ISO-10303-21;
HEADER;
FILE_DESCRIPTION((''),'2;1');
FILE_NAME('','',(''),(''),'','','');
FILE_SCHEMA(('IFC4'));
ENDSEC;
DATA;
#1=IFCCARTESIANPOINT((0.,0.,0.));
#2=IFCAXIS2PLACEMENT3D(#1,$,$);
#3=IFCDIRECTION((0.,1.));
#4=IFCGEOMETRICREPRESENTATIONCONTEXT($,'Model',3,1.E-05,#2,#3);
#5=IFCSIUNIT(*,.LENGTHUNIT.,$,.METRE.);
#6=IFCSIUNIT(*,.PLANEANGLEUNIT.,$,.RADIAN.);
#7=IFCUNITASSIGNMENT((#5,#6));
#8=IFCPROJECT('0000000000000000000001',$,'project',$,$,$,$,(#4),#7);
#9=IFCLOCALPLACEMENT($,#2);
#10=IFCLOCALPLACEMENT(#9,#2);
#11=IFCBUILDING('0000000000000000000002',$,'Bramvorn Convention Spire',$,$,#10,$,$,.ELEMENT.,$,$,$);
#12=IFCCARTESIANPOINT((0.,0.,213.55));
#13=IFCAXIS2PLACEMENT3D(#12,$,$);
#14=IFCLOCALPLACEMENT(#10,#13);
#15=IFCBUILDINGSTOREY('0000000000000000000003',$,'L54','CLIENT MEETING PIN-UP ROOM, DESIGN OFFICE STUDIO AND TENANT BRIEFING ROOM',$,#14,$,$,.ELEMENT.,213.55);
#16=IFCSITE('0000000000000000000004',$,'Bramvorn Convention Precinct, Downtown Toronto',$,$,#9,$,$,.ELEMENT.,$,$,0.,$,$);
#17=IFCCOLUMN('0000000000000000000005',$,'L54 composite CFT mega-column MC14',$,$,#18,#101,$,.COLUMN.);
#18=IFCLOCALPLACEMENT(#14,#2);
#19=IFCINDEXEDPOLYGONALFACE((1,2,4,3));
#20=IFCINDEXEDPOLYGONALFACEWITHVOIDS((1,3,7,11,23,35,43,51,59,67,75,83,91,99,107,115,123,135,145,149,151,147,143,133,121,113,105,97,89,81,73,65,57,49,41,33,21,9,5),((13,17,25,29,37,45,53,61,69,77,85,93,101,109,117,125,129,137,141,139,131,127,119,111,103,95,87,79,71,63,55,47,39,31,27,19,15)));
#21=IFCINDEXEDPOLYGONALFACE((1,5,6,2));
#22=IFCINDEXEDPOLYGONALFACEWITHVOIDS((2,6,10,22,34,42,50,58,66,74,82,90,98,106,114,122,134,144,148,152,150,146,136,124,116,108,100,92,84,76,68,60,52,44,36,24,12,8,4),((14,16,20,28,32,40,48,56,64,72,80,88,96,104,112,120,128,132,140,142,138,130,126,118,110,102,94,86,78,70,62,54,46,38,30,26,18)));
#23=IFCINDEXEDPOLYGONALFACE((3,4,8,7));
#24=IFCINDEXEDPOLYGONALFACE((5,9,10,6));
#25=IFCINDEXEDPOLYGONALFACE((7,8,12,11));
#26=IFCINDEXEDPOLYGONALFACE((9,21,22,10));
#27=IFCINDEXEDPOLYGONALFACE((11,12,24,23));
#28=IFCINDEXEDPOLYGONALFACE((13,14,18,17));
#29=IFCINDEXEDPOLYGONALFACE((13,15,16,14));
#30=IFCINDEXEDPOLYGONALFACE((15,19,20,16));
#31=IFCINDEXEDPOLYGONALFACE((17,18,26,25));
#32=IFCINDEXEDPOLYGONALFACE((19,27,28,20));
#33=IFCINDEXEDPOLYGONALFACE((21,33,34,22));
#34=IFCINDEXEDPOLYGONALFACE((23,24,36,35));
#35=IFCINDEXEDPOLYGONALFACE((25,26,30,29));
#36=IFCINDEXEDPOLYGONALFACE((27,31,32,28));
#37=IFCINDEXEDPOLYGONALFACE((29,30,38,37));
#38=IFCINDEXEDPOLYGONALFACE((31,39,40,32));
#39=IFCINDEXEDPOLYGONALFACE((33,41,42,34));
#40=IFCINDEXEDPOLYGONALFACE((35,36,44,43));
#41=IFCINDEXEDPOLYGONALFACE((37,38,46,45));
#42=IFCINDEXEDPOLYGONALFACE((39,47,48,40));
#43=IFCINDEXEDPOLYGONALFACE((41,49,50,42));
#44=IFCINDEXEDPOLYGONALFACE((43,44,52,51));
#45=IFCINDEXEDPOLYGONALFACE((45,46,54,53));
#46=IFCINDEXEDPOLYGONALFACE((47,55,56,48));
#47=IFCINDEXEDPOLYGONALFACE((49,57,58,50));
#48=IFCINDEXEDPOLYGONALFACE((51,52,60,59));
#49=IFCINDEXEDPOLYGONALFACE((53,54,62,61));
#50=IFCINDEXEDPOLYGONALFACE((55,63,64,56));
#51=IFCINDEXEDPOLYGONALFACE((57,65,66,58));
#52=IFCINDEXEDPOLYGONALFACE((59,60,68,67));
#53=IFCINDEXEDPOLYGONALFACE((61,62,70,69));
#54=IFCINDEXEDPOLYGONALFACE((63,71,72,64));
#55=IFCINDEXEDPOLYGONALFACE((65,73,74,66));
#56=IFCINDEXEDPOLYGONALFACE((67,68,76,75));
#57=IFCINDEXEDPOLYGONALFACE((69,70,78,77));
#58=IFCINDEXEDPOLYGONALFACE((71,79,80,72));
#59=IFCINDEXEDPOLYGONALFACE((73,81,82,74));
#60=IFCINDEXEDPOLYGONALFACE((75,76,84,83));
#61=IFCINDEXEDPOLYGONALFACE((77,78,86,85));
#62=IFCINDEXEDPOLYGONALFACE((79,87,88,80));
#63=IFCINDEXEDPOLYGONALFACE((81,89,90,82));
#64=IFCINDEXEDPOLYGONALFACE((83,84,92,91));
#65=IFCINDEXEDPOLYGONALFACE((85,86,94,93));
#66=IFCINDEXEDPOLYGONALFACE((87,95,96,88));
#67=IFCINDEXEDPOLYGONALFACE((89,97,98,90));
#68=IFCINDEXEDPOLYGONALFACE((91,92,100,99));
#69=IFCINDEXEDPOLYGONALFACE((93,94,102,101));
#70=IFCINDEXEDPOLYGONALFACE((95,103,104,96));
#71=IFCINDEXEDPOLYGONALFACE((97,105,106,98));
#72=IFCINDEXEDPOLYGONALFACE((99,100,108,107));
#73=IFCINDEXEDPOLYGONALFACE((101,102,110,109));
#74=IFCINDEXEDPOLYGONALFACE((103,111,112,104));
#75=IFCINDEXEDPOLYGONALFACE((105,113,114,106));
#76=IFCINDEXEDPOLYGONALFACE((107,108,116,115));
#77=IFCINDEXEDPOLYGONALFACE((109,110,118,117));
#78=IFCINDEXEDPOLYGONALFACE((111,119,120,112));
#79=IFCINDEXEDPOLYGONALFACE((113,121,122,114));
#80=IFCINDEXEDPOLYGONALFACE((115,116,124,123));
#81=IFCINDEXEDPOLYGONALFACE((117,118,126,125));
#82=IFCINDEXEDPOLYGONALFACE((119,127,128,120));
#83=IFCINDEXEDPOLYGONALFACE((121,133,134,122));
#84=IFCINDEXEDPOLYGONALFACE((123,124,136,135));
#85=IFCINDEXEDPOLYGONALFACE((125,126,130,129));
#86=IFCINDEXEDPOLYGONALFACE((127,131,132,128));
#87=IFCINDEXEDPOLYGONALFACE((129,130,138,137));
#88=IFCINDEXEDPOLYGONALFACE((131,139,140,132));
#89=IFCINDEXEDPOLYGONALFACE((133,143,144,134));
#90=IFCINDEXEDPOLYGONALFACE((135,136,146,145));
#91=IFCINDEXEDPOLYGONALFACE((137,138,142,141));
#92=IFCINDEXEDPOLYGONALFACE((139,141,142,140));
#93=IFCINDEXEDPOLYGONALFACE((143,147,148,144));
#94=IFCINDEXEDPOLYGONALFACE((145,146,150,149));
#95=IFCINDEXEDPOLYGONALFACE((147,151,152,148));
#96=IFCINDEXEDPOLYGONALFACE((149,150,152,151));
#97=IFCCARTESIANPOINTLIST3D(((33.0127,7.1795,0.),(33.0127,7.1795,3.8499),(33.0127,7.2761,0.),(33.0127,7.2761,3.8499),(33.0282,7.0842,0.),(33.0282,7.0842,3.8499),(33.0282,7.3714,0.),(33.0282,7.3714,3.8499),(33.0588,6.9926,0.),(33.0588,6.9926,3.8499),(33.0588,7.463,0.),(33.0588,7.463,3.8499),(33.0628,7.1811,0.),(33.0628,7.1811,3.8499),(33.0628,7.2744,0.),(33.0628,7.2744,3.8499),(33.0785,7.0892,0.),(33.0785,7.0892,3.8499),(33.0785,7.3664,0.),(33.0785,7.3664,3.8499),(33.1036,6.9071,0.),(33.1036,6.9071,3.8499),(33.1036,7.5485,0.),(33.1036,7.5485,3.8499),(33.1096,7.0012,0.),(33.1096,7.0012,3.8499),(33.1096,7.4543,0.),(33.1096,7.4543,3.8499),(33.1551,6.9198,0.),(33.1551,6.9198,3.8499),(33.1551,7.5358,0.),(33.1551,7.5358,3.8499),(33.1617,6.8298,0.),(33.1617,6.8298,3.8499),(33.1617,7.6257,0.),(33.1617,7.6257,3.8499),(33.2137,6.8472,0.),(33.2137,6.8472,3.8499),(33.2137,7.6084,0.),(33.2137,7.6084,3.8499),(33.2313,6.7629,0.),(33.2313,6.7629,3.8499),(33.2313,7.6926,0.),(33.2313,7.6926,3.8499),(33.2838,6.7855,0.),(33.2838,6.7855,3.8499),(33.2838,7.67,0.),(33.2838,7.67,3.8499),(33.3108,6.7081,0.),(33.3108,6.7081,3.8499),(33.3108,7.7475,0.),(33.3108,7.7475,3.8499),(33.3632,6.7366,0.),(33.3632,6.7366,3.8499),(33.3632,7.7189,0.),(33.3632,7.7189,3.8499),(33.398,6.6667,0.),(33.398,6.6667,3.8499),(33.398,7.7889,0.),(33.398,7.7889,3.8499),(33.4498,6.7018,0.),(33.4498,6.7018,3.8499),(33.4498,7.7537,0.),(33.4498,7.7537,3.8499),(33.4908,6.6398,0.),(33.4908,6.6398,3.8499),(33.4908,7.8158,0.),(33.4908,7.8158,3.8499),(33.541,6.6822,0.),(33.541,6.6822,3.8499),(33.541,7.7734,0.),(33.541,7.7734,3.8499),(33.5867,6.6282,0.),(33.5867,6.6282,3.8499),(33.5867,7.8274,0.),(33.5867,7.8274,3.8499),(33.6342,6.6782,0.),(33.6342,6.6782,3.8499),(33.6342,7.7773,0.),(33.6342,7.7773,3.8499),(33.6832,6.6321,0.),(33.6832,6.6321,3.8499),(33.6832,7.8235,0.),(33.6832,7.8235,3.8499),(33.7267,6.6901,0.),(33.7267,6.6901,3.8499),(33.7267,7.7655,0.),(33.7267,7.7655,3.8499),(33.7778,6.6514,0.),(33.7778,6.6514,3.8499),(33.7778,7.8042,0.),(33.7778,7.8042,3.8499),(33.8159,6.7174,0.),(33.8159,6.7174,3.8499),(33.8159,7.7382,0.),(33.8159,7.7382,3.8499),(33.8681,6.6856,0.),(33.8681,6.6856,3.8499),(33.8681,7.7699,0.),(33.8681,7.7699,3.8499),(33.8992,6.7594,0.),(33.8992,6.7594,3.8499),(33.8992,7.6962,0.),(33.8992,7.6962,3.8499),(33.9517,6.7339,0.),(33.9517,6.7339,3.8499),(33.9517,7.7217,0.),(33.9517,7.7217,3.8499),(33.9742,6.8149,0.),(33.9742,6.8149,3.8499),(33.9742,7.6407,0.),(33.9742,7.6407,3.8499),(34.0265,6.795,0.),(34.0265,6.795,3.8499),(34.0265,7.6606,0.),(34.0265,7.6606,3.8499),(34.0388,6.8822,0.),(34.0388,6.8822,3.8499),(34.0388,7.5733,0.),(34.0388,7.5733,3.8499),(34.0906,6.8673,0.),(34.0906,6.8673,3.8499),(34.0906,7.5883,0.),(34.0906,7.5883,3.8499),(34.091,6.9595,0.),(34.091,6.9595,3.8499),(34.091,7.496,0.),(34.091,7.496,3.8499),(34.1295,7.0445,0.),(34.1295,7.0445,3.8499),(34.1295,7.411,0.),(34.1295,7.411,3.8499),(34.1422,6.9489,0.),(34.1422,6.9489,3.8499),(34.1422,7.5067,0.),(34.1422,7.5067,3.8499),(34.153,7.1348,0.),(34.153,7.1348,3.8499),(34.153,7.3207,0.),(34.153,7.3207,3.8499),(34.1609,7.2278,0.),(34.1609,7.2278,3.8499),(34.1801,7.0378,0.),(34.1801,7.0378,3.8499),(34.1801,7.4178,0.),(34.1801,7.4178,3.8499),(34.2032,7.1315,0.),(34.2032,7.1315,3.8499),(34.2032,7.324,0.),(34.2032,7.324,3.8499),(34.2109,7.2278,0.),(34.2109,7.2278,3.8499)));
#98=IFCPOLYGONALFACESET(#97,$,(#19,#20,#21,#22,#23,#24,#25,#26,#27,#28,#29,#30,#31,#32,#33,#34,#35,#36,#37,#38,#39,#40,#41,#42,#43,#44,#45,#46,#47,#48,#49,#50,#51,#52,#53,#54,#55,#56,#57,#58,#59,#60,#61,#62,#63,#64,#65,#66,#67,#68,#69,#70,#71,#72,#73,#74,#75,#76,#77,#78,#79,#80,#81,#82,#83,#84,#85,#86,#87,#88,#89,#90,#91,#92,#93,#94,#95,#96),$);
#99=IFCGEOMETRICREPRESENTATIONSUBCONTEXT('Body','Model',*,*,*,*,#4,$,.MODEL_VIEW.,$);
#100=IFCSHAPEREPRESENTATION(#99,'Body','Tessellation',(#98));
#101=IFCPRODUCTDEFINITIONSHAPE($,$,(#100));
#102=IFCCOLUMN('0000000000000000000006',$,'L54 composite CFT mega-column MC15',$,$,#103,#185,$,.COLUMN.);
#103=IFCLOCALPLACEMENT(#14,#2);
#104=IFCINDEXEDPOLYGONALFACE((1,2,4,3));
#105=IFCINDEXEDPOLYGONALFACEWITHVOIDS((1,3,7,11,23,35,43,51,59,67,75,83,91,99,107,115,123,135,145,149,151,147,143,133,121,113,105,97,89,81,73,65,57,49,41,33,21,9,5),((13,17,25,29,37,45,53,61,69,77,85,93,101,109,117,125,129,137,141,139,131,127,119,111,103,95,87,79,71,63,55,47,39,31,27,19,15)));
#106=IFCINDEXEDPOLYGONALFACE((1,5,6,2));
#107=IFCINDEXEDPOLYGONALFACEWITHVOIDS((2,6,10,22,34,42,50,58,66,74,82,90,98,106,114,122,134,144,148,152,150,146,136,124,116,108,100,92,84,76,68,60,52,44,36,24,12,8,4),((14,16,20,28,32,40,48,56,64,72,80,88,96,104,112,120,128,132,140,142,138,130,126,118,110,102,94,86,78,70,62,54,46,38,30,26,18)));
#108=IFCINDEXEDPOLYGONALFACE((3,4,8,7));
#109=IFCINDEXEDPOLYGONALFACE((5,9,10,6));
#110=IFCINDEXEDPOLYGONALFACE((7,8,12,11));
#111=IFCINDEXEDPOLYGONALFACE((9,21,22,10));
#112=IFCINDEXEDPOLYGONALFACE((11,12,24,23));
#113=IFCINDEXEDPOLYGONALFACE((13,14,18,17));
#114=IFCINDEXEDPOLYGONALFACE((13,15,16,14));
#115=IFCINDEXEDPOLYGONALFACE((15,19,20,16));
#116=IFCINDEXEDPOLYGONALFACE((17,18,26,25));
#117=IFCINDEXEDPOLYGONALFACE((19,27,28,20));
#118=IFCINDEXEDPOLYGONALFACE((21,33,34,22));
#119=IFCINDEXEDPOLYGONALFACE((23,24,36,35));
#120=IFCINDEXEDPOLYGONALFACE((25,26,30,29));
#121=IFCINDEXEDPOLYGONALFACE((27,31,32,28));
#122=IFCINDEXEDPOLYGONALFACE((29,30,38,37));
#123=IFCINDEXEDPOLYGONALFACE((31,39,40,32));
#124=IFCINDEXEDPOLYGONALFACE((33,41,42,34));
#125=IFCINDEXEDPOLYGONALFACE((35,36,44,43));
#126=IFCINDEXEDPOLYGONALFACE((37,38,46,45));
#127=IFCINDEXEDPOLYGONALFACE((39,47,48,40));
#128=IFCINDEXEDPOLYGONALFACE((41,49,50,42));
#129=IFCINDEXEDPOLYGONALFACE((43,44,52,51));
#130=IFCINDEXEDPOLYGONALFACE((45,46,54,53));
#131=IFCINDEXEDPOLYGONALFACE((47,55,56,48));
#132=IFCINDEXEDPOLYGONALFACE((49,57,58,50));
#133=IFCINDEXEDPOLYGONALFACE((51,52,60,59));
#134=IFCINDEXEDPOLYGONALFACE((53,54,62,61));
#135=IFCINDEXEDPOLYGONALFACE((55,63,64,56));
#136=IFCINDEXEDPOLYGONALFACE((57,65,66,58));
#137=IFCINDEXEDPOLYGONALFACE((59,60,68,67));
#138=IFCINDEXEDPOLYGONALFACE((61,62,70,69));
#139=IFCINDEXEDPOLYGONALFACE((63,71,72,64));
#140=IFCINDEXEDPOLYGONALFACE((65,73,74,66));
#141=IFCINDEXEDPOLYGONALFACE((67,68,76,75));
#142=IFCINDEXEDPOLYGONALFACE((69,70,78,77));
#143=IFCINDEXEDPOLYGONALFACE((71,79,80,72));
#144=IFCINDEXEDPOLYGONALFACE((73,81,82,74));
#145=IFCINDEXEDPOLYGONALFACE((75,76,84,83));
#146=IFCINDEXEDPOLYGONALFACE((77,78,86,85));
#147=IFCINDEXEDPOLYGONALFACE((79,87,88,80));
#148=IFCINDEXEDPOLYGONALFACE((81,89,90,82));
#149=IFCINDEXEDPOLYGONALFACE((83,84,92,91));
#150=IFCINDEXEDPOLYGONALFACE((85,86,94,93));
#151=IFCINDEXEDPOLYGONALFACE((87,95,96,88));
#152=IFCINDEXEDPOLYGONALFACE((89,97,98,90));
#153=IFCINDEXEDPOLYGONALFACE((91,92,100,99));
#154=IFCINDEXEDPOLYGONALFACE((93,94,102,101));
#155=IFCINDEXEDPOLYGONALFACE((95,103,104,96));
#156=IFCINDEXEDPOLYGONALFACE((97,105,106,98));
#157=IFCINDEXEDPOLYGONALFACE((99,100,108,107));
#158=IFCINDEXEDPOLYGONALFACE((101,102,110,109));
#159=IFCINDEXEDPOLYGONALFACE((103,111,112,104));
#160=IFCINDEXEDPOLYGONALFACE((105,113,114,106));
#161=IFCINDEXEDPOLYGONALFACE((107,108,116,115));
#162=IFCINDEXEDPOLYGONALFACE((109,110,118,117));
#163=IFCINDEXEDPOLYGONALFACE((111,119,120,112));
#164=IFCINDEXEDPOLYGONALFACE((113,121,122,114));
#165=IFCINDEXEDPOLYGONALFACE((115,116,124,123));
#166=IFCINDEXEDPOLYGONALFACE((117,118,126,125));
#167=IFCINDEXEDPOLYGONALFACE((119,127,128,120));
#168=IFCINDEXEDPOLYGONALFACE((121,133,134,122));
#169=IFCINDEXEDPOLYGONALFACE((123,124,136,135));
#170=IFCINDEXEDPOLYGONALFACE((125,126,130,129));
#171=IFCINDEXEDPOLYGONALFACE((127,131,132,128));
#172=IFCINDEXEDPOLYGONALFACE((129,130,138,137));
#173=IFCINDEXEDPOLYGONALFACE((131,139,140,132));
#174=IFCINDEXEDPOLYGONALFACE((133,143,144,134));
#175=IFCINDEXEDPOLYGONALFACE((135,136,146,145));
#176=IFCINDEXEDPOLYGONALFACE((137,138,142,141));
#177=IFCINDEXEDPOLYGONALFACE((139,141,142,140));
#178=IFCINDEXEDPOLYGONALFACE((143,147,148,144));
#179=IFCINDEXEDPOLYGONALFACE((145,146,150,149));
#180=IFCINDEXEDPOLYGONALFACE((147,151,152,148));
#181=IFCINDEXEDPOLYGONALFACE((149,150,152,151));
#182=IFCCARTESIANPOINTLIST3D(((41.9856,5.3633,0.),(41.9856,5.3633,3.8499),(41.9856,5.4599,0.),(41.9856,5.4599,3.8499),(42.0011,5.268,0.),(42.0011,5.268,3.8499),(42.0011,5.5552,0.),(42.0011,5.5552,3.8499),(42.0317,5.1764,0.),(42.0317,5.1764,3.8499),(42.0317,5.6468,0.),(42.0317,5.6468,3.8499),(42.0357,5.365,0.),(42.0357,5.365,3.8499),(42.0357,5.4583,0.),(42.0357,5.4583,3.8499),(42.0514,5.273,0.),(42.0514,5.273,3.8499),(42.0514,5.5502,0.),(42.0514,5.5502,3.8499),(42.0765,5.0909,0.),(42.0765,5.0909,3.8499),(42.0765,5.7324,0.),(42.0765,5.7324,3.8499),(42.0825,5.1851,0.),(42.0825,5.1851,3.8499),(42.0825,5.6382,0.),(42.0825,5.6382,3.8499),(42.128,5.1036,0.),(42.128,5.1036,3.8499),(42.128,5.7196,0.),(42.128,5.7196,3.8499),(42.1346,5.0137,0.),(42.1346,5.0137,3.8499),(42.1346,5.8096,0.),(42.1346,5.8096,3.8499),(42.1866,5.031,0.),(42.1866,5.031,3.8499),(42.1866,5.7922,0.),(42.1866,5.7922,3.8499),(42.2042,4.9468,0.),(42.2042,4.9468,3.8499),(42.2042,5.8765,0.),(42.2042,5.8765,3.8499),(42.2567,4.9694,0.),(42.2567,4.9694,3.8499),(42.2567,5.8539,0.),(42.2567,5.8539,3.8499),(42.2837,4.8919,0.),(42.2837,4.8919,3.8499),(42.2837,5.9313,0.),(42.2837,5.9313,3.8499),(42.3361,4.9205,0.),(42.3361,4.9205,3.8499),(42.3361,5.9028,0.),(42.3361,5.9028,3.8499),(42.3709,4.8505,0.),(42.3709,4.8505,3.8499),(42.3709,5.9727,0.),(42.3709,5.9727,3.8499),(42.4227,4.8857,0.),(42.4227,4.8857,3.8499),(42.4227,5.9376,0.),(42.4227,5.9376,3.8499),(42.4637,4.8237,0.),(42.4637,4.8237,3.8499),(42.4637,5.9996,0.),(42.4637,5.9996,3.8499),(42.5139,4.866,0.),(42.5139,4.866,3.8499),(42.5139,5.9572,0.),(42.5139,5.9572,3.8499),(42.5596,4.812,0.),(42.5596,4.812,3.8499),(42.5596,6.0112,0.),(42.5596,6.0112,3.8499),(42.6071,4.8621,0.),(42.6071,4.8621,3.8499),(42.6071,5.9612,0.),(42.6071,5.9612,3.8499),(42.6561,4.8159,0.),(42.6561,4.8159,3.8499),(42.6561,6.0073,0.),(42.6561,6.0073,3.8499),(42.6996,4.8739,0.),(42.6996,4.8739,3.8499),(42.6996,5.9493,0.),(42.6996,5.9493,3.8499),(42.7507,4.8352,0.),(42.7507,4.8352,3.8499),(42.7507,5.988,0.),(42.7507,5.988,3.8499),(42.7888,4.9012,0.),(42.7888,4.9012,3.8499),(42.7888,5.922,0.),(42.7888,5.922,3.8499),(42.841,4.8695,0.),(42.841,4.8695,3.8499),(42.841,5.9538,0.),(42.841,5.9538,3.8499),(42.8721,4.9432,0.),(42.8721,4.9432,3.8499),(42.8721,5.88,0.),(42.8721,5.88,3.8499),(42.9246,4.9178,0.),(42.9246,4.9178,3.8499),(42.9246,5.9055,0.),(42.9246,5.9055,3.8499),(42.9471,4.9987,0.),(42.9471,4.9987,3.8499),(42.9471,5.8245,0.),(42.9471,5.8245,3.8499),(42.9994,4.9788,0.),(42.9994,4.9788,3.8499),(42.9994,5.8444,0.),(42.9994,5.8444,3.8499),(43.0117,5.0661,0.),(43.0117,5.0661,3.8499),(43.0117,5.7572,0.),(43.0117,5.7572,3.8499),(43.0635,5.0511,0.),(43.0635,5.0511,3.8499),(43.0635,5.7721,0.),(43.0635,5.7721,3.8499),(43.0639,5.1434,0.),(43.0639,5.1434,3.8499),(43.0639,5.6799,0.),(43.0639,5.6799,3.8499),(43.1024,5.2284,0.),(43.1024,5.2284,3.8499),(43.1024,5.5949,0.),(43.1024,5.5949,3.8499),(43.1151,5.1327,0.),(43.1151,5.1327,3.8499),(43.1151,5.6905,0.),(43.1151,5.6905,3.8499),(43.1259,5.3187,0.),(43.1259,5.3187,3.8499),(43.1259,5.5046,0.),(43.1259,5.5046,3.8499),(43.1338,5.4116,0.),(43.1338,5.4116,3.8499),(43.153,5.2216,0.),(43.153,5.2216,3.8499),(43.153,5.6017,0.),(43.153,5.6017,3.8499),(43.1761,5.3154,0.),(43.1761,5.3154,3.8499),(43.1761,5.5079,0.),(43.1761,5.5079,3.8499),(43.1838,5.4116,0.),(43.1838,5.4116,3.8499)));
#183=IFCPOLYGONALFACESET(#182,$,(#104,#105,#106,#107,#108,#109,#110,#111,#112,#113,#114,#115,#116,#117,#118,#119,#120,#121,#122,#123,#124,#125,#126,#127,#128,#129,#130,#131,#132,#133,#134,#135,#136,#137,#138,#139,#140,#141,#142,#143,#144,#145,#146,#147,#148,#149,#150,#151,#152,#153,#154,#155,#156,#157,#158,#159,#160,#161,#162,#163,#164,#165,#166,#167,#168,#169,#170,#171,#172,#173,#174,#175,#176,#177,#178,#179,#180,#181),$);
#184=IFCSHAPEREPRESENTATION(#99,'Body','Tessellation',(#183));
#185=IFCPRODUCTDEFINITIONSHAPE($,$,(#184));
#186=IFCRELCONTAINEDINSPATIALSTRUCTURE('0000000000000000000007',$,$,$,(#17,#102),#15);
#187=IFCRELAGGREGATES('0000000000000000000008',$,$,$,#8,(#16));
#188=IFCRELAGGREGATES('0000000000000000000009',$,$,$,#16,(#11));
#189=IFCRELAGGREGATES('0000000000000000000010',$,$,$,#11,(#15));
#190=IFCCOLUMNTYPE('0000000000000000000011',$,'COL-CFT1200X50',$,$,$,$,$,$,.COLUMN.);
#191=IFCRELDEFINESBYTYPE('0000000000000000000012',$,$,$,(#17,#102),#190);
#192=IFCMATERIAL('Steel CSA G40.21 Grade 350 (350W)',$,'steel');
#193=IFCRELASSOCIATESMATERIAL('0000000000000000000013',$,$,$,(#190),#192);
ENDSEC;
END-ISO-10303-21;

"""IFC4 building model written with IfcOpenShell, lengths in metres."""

from ifc_helpers import new_model, si_unit, direction, frame, origin, origin_2d, place, context, subcontext, project, spatial, hollow_circle, extrude, material, material_profile, profile_set, type_object, element, save


model = new_model("IFC4")

# Units and contexts
model_context = context("Model", 3, precision=1e-05, world=origin(), true_north=direction((0.0, 1.0)))
body_context = subcontext(model_context, "Body", "Model", "MODEL_VIEW")
ifc_project = project(units=[si_unit("LENGTHUNIT", "METRE"), si_unit("PLANEANGLEUNIT", "RADIAN")], contexts=[model_context])

# Site, building, storey
site_placement = place(None, origin())
site = spatial("IfcSite", under=ifc_project, at=site_placement, Name="Bramvorn Convention Precinct, Downtown Toronto", CompositionType="ELEMENT", RefElevation=0.0)
building_placement = place(site_placement, origin())
building = spatial("IfcBuilding", under=site, at=building_placement, Name="Bramvorn Convention Spire", CompositionType="ELEMENT")
storey_placement = place(building_placement, frame((0.0, 0.0, 213.55)))
storey = spatial("IfcBuildingStorey", under=building, at=storey_placement, Name="L54", Description="CLIENT MEETING PIN-UP ROOM, DESIGN OFFICE STUDIO AND TENANT BRIEFING ROOM", CompositionType="ELEMENT", Elevation=213.55)

# Columns
ifc_material_1 = material(Name="Steel CSA G40.21 Grade 350 (350W)", Category="steel")
ifc_material_profile_1 = material_profile(ifc_material_1, hollow_circle(Radius=0.6001, WallThickness=0.05, at=origin_2d()))
ifc_profile_set_1 = profile_set([ifc_material_profile_1], Name="Steel CSA G40.21 Grade 350 (350W) - CFT1200X50")
column_type = type_object("IfcColumnType", Name="COL-CFT1200X50", PredefinedType="COLUMN", material=ifc_profile_set_1)
for number, where, z_axis, x_axis, name in (
    (1, (33.6108, 7.2278, 0.0), (0.0, 0.0, 1.0), (1.0, 0.0, 0.0), "L54 composite CFT mega-column MC14"),
    (2, (42.5837, 5.4116, 0.0), (0.0, 0.0, 1.0), (1.0, 0.0, 0.0), "L54 composite CFT mega-column MC15"),
):
    element("IfcColumn", number, at=place(storey_placement, frame(where, z_axis=z_axis, x_axis=x_axis)), inside=storey, type_object=column_type, Name=name, PredefinedType="COLUMN", context=body_context, shape_type="SweptSolid", body=[
        extrude(hollow_circle(Radius=0.6001, WallThickness=0.05, at=origin_2d()), origin(), (0.0, 0.0, 1.0), 3.8499),
    ])

save(model, "model.ifc")
